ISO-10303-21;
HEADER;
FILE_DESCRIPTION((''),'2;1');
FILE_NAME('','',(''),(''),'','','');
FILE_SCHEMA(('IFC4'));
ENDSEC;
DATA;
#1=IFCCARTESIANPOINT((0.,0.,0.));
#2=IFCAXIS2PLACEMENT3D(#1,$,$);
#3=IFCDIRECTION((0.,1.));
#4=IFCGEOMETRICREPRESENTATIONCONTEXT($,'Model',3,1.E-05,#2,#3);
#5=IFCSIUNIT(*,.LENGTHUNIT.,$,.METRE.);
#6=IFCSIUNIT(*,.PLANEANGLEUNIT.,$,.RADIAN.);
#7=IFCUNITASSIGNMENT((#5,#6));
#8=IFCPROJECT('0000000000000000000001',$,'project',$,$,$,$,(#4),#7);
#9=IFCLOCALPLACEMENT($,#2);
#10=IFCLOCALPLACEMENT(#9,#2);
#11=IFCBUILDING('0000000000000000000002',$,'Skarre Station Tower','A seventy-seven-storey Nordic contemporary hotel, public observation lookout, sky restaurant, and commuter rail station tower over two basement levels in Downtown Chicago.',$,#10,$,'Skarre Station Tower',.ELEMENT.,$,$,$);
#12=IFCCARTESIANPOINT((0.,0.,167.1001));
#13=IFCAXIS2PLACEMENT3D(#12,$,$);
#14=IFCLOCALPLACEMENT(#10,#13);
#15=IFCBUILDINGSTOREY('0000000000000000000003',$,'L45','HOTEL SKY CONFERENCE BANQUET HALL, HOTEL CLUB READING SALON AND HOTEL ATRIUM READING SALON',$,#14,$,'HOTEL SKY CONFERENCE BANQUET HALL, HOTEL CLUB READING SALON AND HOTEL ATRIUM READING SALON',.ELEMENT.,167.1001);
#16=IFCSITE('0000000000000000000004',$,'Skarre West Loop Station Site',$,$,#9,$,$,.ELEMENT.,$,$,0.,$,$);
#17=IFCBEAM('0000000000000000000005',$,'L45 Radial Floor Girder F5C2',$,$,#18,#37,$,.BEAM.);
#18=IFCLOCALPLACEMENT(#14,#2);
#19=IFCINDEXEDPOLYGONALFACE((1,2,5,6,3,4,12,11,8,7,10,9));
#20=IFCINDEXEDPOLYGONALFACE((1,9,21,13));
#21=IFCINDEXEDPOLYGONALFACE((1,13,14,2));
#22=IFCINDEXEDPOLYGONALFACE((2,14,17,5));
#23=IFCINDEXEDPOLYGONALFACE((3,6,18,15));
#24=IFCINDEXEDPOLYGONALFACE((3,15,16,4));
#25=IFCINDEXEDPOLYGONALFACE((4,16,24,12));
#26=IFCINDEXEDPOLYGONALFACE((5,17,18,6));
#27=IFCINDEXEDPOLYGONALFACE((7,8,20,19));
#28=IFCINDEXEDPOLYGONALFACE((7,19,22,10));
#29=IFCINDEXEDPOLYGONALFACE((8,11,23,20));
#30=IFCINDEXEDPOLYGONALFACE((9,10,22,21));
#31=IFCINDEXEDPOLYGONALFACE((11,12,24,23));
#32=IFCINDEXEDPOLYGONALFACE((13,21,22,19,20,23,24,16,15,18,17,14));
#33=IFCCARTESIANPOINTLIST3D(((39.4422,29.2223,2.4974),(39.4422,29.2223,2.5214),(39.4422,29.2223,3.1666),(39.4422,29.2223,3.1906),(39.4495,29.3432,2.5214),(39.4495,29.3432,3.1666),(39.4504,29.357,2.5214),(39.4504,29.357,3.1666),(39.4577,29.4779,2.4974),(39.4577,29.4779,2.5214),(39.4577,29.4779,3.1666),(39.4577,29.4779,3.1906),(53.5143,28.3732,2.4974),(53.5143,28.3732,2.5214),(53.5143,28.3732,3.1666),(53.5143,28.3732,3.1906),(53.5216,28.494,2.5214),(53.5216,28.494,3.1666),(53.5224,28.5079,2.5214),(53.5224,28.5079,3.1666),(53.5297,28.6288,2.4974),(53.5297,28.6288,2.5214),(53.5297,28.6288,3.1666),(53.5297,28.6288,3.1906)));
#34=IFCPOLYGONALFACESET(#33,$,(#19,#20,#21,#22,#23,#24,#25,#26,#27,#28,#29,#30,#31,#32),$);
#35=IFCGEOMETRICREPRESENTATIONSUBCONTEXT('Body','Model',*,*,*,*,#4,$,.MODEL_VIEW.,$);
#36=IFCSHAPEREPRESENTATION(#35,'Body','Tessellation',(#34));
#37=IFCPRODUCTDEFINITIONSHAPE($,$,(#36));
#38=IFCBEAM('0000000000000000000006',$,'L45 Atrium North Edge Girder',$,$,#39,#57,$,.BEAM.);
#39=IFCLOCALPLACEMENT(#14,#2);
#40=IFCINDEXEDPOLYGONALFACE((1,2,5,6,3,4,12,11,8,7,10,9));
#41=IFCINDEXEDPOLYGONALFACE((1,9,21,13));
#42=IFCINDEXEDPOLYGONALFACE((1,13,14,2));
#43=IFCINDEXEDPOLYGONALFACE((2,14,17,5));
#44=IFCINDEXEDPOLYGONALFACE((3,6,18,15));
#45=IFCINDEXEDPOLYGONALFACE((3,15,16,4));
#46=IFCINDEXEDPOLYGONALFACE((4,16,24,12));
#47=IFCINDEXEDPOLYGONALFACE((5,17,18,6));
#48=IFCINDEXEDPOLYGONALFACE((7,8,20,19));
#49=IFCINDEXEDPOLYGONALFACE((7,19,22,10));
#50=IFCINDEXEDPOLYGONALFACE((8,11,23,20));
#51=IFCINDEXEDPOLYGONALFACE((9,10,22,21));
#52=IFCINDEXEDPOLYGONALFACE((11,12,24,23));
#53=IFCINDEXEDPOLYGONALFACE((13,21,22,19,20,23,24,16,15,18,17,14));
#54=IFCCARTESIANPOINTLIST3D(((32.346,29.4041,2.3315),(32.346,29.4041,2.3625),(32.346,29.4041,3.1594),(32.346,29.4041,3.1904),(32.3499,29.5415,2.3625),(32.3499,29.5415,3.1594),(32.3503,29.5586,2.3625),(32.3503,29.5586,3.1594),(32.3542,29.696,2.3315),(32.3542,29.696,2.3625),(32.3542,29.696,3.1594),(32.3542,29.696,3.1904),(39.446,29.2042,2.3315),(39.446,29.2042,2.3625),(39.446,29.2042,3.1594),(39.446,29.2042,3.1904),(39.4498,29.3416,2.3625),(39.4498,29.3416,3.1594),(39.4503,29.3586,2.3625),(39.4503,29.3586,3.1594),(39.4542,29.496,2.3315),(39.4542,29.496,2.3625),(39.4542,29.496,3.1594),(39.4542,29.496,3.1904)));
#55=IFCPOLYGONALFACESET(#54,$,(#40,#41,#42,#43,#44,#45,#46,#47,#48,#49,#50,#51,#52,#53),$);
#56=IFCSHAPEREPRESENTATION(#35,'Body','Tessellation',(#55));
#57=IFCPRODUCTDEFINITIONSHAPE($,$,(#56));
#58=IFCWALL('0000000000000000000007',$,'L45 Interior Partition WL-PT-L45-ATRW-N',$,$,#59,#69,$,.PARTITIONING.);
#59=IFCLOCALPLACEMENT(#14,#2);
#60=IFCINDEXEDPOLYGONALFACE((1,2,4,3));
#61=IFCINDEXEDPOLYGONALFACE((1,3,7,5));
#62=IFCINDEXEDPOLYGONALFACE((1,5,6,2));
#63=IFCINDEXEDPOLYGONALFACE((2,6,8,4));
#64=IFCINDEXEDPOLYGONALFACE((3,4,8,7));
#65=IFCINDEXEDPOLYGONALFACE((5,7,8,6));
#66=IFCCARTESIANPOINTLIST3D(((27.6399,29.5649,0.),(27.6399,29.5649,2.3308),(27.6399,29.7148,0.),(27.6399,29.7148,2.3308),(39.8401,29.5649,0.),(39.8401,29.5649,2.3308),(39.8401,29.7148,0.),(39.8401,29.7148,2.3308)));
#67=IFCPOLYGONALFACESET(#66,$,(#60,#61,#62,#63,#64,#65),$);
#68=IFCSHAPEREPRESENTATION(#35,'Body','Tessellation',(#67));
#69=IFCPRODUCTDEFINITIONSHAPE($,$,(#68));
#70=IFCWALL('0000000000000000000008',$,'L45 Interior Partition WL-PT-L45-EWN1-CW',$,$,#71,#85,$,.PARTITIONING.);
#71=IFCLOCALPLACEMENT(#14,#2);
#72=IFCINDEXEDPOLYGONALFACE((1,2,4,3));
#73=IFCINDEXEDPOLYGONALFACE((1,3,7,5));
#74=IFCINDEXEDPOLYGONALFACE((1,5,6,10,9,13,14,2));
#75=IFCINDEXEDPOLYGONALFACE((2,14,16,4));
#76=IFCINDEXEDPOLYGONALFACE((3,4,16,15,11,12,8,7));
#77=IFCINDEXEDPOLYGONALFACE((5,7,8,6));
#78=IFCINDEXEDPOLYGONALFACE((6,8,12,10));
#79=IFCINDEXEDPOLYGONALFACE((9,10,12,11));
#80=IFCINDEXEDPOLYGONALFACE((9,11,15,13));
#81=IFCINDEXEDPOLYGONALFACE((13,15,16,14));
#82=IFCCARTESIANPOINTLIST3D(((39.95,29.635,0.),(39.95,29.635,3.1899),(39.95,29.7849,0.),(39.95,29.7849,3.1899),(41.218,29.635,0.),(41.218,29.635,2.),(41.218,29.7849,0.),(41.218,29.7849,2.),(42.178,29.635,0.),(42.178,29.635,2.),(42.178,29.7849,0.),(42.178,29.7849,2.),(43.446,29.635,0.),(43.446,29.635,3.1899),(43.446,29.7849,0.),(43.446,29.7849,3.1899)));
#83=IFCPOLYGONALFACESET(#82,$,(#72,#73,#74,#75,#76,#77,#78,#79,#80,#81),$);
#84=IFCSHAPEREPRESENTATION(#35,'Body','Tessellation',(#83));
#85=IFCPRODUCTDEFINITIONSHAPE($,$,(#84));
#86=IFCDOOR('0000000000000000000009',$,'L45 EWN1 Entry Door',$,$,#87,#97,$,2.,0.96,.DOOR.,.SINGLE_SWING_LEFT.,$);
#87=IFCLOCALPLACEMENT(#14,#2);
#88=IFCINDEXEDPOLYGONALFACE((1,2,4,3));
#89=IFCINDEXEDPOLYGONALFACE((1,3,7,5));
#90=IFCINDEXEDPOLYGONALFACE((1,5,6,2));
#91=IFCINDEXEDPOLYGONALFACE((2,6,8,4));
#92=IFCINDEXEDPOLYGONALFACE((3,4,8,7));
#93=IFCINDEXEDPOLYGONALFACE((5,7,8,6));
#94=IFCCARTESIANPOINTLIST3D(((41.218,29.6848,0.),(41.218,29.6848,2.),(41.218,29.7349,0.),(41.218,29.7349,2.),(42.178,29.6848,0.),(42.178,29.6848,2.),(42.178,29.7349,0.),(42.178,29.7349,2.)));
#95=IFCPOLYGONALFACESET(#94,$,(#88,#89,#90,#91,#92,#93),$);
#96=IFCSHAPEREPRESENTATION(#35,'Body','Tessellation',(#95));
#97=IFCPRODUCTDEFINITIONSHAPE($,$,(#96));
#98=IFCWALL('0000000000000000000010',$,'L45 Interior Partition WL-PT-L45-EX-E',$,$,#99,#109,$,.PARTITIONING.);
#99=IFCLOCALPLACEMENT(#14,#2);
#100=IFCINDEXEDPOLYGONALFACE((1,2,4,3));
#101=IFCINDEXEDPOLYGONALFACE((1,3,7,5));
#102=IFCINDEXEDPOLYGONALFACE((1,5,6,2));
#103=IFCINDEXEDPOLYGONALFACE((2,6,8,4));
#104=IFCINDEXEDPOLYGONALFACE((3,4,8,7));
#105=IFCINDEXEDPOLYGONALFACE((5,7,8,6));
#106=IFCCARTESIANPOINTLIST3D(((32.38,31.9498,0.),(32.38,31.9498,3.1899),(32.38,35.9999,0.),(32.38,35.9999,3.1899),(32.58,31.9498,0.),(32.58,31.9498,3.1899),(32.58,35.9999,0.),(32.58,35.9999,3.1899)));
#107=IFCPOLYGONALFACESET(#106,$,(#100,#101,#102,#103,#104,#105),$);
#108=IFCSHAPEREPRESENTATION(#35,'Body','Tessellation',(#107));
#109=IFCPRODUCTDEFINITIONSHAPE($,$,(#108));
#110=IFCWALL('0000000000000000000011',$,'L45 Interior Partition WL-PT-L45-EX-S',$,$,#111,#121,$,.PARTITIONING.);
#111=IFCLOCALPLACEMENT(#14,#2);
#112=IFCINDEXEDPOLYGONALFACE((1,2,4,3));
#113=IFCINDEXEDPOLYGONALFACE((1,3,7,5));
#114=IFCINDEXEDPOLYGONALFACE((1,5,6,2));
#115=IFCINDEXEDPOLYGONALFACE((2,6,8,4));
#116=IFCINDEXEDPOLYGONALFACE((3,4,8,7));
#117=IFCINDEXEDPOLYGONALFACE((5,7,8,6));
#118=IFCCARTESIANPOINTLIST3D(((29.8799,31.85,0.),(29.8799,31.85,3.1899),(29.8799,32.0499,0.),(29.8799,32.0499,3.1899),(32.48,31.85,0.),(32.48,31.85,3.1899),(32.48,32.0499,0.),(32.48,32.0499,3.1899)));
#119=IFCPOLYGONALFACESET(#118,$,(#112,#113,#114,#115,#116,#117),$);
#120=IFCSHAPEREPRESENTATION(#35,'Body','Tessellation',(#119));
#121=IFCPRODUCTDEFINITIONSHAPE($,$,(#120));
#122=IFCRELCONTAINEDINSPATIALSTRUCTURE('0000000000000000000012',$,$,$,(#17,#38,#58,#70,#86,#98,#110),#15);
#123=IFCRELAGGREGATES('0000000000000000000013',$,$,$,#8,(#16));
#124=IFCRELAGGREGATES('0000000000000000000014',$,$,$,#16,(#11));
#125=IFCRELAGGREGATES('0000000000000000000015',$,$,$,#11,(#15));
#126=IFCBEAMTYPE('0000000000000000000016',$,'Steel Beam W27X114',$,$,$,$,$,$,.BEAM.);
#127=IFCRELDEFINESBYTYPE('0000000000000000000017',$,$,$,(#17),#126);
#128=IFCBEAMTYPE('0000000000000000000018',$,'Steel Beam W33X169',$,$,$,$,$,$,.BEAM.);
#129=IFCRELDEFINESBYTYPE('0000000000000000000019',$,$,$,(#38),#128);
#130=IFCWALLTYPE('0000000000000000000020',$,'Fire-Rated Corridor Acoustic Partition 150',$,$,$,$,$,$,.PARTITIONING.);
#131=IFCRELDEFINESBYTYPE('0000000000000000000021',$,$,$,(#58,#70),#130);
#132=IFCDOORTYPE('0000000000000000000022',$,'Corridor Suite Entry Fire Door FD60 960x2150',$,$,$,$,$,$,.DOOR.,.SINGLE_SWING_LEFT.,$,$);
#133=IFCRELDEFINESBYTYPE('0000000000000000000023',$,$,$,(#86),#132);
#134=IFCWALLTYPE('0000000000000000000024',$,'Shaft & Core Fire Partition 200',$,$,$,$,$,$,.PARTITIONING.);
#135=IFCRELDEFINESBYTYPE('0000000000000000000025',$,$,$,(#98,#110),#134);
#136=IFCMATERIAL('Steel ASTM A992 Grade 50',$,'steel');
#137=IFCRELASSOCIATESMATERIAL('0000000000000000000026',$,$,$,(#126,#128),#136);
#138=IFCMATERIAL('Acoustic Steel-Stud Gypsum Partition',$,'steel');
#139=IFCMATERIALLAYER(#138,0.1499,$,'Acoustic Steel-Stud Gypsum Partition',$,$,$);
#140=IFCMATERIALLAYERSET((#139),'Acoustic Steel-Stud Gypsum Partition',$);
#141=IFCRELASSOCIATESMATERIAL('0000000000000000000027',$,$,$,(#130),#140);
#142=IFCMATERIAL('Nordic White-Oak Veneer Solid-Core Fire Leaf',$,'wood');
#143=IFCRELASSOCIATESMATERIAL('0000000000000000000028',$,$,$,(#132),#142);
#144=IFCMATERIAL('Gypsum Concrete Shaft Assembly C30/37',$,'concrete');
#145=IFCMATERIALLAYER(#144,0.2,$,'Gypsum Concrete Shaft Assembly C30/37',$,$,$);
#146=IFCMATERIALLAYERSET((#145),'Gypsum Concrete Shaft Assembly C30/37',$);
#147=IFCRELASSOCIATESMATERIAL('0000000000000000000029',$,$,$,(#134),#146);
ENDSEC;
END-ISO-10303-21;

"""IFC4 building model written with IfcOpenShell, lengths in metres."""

from ifc_helpers import new_model, si_unit, direction, frame, frame_2d, origin, origin_2d, place, context, subcontext, project, spatial, rectangle, i_section, extrude, material, layer, layer_set, material_profile, profile_set, type_object, element, fill, save


model = new_model("IFC4")

# Units and contexts
model_context = context("Model", 3, precision=1e-05, world=origin(), true_north=direction((0.0, 1.0)))
body_context = subcontext(model_context, "Body", "Model", "MODEL_VIEW")
ifc_project = project(units=[si_unit("LENGTHUNIT", "METRE"), si_unit("PLANEANGLEUNIT", "RADIAN")], contexts=[model_context])

# Site, building, storey
site_placement = place(None, origin())
site = spatial("IfcSite", under=ifc_project, at=site_placement, Name="Skarre West Loop Station Site", CompositionType="ELEMENT", RefElevation=0.0)
building_placement = place(site_placement, origin())
building = spatial("IfcBuilding", under=site, at=building_placement, Name="Skarre Station Tower", Description="A seventy-seven-storey Nordic contemporary hotel, public observation lookout, sky restaurant, and commuter rail station tower over two basement levels in Downtown Chicago.", LongName="Skarre Station Tower", CompositionType="ELEMENT")
storey_placement = place(building_placement, frame((0.0, 0.0, 167.1001)))
storey = spatial("IfcBuildingStorey", under=building, at=storey_placement, Name="L45", Description="HOTEL SKY CONFERENCE BANQUET HALL, HOTEL CLUB READING SALON AND HOTEL ATRIUM READING SALON", LongName="HOTEL SKY CONFERENCE BANQUET HALL, HOTEL CLUB READING SALON AND HOTEL ATRIUM READING SALON", CompositionType="ELEMENT", Elevation=167.1001)

# Beams
ifc_material_1 = material(Name="Steel ASTM A992 Grade 50", Category="steel")
ifc_material_profile_1 = material_profile(ifc_material_1, i_section(OverallWidth=0.2561, OverallDepth=0.6931, WebThickness=0.0139, FlangeThickness=0.0239, at=origin_2d()), Name="Steel ASTM A992 Grade 50")
ifc_profile_set_1 = profile_set([ifc_material_profile_1], Name="Steel ASTM A992 Grade 50")
beam_type_1 = type_object("IfcBeamType", Name="Steel Beam W27X114", PredefinedType="BEAM", material=ifc_profile_set_1)
beam_1_placement = place(storey_placement, frame((39.45, 29.3501, 2.844), z_axis=(0.998184, -0.060232, 0.0), x_axis=(0.060232, 0.998184, 0.0)))
element("IfcBeam", 1, at=beam_1_placement, inside=storey, type_object=beam_type_1, Name="L45 Radial Floor Girder F5C2", PredefinedType="BEAM", context=body_context, shape_type="SweptSolid", body=[
    extrude(i_section(OverallWidth=0.2561, OverallDepth=0.6931, WebThickness=0.0139, FlangeThickness=0.0239, at=origin_2d()), origin(), (0.0, 0.0, 1.0), 14.0977),
])
ifc_material_profile_2 = material_profile(ifc_material_1, i_section(OverallWidth=0.292, OverallDepth=0.8589, WebThickness=0.0171, FlangeThickness=0.031, at=origin_2d()), Name="Steel ASTM A992 Grade 50")
ifc_profile_set_2 = profile_set([ifc_material_profile_2], Name="Steel ASTM A992 Grade 50")
beam_type_2 = type_object("IfcBeamType", Name="Steel Beam W33X169", PredefinedType="BEAM", material=ifc_profile_set_2)
beam_2_placement = place(storey_placement, frame((32.3501, 29.55, 2.761), z_axis=(0.999604, -0.028152, 0.0), x_axis=(0.028152, 0.999604, 0.0)))
element("IfcBeam", 2, at=beam_2_placement, inside=storey, type_object=beam_type_2, Name="L45 Atrium North Edge Girder", PredefinedType="BEAM", context=body_context, shape_type="SweptSolid", body=[
    extrude(i_section(OverallWidth=0.292, OverallDepth=0.8589, WebThickness=0.0171, FlangeThickness=0.031, at=origin_2d()), origin(), (0.0, 0.0, 1.0), 7.1028),
])

# Wall
ifc_material_2 = material(Name="Acoustic Steel-Stud Gypsum Partition", Category="steel")
ifc_layer_1 = layer(ifc_material_2, 0.1499, Name="Acoustic Steel-Stud Gypsum Partition")
ifc_layer_set_1 = layer_set([ifc_layer_1], Name="Acoustic Steel-Stud Gypsum Partition")
wall_type_1 = type_object("IfcWallType", Name="Fire-Rated Corridor Acoustic Partition 150", PredefinedType="PARTITIONING", material=ifc_layer_set_1)
wall_1_placement = place(storey_placement, frame((39.8401, 29.6399, 0.0), z_axis=(0.0, 0.0, 1.0), x_axis=(-1.0, 0.0, 0.0)))
element("IfcWall", 3, at=wall_1_placement, inside=storey, type_object=wall_type_1, Name="L45 Interior Partition WL-PT-L45-ATRW-N", PredefinedType="PARTITIONING", context=body_context, shape_type="SweptSolid", body=[
    extrude(rectangle(XDim=12.2002, YDim=0.1499, at=frame_2d((6.1001, 0.0))), origin(), (0.0, 0.0, 1.0), 2.3308),
])

# Wall, opening, door
wall_2_placement = place(storey_placement, frame((39.95, 29.71, 0.0), z_axis=(0.0, 0.0, 1.0), x_axis=(1.0, 0.0, 0.0)))
wall_2 = element("IfcWall", 4, at=wall_2_placement, inside=storey, type_object=wall_type_1, Name="L45 Interior Partition WL-PT-L45-EWN1-CW", PredefinedType="PARTITIONING", context=body_context, shape_type="SweptSolid", body=[
    extrude(rectangle(XDim=3.4961, YDim=0.1499, at=frame_2d((1.748, 0.0))), origin(), (0.0, 0.0, 1.0), 3.1899),
])
opening_placement = place(wall_2_placement, frame((1.2681, 0.0, 0.0)))
opening = element("IfcOpeningElement", 5, at=opening_placement, cuts=wall_2, PredefinedType="OPENING", context=body_context, shape_type="SweptSolid", body=[
    extrude(rectangle(XDim=0.96, YDim=2.0, at=frame_2d((0.48, 1.0))), frame((0.0, 0.085, 0.0), z_axis=(0.0, -1.0, 0.0), x_axis=(1.0, 0.0, 0.0)), (0.0, 0.0, 1.0), 0.1699),
])
ifc_material_3 = material(Name="Nordic White-Oak Veneer Solid-Core Fire Leaf", Category="wood")
door_type = type_object("IfcDoorType", Name="Corridor Suite Entry Fire Door FD60 960x2150", OperationType="SINGLE_SWING_LEFT", PredefinedType="DOOR", material=ifc_material_3)
door_placement = place(opening_placement, origin())
door = element("IfcDoor", 6, at=door_placement, inside=storey, type_object=door_type, Name="L45 EWN1 Entry Door", OperationType="SINGLE_SWING_LEFT", OverallHeight=2.0, OverallWidth=0.96, PredefinedType="DOOR", context=body_context, shape_type="SweptSolid", body=[
    extrude(rectangle(XDim=0.96, YDim=2.0, at=frame_2d((0.48, 1.0))), frame((0.0, 0.0249, 0.0), z_axis=(0.0, -1.0, 0.0), x_axis=(1.0, 0.0, 0.0)), (0.0, 0.0, 1.0), 0.05),
])
fill(opening, door)

# Walls
ifc_material_4 = material(Name="Gypsum Concrete Shaft Assembly C30/37", Category="concrete")
ifc_layer_2 = layer(ifc_material_4, 0.2, Name="Gypsum Concrete Shaft Assembly C30/37")
ifc_layer_set_2 = layer_set([ifc_layer_2], Name="Gypsum Concrete Shaft Assembly C30/37")
wall_type_2 = type_object("IfcWallType", Name="Shaft & Core Fire Partition 200", PredefinedType="PARTITIONING", material=ifc_layer_set_2)
wall_3_placement = place(storey_placement, frame((32.48, 31.95, 0.0), z_axis=(0.0, 0.0, 1.0), x_axis=(0.0, 1.0, 0.0)))
element("IfcWall", 7, at=wall_3_placement, inside=storey, type_object=wall_type_2, Name="L45 Interior Partition WL-PT-L45-EX-E", PredefinedType="PARTITIONING", context=body_context, shape_type="SweptSolid", body=[
    extrude(rectangle(XDim=4.05, YDim=0.2, at=frame_2d((2.0249, 0.0))), origin(), (0.0, 0.0, 1.0), 3.1899),
])
wall_4_placement = place(storey_placement, frame((32.48, 31.95, 0.0), z_axis=(0.0, 0.0, 1.0), x_axis=(-1.0, 0.0, 0.0)))
element("IfcWall", 8, at=wall_4_placement, inside=storey, type_object=wall_type_2, Name="L45 Interior Partition WL-PT-L45-EX-S", PredefinedType="PARTITIONING", context=body_context, shape_type="SweptSolid", body=[
    extrude(rectangle(XDim=2.6001, YDim=0.2, at=frame_2d((1.3, 0.0))), origin(), (0.0, 0.0, 1.0), 3.1899),
])

save(model, "model.ifc")
